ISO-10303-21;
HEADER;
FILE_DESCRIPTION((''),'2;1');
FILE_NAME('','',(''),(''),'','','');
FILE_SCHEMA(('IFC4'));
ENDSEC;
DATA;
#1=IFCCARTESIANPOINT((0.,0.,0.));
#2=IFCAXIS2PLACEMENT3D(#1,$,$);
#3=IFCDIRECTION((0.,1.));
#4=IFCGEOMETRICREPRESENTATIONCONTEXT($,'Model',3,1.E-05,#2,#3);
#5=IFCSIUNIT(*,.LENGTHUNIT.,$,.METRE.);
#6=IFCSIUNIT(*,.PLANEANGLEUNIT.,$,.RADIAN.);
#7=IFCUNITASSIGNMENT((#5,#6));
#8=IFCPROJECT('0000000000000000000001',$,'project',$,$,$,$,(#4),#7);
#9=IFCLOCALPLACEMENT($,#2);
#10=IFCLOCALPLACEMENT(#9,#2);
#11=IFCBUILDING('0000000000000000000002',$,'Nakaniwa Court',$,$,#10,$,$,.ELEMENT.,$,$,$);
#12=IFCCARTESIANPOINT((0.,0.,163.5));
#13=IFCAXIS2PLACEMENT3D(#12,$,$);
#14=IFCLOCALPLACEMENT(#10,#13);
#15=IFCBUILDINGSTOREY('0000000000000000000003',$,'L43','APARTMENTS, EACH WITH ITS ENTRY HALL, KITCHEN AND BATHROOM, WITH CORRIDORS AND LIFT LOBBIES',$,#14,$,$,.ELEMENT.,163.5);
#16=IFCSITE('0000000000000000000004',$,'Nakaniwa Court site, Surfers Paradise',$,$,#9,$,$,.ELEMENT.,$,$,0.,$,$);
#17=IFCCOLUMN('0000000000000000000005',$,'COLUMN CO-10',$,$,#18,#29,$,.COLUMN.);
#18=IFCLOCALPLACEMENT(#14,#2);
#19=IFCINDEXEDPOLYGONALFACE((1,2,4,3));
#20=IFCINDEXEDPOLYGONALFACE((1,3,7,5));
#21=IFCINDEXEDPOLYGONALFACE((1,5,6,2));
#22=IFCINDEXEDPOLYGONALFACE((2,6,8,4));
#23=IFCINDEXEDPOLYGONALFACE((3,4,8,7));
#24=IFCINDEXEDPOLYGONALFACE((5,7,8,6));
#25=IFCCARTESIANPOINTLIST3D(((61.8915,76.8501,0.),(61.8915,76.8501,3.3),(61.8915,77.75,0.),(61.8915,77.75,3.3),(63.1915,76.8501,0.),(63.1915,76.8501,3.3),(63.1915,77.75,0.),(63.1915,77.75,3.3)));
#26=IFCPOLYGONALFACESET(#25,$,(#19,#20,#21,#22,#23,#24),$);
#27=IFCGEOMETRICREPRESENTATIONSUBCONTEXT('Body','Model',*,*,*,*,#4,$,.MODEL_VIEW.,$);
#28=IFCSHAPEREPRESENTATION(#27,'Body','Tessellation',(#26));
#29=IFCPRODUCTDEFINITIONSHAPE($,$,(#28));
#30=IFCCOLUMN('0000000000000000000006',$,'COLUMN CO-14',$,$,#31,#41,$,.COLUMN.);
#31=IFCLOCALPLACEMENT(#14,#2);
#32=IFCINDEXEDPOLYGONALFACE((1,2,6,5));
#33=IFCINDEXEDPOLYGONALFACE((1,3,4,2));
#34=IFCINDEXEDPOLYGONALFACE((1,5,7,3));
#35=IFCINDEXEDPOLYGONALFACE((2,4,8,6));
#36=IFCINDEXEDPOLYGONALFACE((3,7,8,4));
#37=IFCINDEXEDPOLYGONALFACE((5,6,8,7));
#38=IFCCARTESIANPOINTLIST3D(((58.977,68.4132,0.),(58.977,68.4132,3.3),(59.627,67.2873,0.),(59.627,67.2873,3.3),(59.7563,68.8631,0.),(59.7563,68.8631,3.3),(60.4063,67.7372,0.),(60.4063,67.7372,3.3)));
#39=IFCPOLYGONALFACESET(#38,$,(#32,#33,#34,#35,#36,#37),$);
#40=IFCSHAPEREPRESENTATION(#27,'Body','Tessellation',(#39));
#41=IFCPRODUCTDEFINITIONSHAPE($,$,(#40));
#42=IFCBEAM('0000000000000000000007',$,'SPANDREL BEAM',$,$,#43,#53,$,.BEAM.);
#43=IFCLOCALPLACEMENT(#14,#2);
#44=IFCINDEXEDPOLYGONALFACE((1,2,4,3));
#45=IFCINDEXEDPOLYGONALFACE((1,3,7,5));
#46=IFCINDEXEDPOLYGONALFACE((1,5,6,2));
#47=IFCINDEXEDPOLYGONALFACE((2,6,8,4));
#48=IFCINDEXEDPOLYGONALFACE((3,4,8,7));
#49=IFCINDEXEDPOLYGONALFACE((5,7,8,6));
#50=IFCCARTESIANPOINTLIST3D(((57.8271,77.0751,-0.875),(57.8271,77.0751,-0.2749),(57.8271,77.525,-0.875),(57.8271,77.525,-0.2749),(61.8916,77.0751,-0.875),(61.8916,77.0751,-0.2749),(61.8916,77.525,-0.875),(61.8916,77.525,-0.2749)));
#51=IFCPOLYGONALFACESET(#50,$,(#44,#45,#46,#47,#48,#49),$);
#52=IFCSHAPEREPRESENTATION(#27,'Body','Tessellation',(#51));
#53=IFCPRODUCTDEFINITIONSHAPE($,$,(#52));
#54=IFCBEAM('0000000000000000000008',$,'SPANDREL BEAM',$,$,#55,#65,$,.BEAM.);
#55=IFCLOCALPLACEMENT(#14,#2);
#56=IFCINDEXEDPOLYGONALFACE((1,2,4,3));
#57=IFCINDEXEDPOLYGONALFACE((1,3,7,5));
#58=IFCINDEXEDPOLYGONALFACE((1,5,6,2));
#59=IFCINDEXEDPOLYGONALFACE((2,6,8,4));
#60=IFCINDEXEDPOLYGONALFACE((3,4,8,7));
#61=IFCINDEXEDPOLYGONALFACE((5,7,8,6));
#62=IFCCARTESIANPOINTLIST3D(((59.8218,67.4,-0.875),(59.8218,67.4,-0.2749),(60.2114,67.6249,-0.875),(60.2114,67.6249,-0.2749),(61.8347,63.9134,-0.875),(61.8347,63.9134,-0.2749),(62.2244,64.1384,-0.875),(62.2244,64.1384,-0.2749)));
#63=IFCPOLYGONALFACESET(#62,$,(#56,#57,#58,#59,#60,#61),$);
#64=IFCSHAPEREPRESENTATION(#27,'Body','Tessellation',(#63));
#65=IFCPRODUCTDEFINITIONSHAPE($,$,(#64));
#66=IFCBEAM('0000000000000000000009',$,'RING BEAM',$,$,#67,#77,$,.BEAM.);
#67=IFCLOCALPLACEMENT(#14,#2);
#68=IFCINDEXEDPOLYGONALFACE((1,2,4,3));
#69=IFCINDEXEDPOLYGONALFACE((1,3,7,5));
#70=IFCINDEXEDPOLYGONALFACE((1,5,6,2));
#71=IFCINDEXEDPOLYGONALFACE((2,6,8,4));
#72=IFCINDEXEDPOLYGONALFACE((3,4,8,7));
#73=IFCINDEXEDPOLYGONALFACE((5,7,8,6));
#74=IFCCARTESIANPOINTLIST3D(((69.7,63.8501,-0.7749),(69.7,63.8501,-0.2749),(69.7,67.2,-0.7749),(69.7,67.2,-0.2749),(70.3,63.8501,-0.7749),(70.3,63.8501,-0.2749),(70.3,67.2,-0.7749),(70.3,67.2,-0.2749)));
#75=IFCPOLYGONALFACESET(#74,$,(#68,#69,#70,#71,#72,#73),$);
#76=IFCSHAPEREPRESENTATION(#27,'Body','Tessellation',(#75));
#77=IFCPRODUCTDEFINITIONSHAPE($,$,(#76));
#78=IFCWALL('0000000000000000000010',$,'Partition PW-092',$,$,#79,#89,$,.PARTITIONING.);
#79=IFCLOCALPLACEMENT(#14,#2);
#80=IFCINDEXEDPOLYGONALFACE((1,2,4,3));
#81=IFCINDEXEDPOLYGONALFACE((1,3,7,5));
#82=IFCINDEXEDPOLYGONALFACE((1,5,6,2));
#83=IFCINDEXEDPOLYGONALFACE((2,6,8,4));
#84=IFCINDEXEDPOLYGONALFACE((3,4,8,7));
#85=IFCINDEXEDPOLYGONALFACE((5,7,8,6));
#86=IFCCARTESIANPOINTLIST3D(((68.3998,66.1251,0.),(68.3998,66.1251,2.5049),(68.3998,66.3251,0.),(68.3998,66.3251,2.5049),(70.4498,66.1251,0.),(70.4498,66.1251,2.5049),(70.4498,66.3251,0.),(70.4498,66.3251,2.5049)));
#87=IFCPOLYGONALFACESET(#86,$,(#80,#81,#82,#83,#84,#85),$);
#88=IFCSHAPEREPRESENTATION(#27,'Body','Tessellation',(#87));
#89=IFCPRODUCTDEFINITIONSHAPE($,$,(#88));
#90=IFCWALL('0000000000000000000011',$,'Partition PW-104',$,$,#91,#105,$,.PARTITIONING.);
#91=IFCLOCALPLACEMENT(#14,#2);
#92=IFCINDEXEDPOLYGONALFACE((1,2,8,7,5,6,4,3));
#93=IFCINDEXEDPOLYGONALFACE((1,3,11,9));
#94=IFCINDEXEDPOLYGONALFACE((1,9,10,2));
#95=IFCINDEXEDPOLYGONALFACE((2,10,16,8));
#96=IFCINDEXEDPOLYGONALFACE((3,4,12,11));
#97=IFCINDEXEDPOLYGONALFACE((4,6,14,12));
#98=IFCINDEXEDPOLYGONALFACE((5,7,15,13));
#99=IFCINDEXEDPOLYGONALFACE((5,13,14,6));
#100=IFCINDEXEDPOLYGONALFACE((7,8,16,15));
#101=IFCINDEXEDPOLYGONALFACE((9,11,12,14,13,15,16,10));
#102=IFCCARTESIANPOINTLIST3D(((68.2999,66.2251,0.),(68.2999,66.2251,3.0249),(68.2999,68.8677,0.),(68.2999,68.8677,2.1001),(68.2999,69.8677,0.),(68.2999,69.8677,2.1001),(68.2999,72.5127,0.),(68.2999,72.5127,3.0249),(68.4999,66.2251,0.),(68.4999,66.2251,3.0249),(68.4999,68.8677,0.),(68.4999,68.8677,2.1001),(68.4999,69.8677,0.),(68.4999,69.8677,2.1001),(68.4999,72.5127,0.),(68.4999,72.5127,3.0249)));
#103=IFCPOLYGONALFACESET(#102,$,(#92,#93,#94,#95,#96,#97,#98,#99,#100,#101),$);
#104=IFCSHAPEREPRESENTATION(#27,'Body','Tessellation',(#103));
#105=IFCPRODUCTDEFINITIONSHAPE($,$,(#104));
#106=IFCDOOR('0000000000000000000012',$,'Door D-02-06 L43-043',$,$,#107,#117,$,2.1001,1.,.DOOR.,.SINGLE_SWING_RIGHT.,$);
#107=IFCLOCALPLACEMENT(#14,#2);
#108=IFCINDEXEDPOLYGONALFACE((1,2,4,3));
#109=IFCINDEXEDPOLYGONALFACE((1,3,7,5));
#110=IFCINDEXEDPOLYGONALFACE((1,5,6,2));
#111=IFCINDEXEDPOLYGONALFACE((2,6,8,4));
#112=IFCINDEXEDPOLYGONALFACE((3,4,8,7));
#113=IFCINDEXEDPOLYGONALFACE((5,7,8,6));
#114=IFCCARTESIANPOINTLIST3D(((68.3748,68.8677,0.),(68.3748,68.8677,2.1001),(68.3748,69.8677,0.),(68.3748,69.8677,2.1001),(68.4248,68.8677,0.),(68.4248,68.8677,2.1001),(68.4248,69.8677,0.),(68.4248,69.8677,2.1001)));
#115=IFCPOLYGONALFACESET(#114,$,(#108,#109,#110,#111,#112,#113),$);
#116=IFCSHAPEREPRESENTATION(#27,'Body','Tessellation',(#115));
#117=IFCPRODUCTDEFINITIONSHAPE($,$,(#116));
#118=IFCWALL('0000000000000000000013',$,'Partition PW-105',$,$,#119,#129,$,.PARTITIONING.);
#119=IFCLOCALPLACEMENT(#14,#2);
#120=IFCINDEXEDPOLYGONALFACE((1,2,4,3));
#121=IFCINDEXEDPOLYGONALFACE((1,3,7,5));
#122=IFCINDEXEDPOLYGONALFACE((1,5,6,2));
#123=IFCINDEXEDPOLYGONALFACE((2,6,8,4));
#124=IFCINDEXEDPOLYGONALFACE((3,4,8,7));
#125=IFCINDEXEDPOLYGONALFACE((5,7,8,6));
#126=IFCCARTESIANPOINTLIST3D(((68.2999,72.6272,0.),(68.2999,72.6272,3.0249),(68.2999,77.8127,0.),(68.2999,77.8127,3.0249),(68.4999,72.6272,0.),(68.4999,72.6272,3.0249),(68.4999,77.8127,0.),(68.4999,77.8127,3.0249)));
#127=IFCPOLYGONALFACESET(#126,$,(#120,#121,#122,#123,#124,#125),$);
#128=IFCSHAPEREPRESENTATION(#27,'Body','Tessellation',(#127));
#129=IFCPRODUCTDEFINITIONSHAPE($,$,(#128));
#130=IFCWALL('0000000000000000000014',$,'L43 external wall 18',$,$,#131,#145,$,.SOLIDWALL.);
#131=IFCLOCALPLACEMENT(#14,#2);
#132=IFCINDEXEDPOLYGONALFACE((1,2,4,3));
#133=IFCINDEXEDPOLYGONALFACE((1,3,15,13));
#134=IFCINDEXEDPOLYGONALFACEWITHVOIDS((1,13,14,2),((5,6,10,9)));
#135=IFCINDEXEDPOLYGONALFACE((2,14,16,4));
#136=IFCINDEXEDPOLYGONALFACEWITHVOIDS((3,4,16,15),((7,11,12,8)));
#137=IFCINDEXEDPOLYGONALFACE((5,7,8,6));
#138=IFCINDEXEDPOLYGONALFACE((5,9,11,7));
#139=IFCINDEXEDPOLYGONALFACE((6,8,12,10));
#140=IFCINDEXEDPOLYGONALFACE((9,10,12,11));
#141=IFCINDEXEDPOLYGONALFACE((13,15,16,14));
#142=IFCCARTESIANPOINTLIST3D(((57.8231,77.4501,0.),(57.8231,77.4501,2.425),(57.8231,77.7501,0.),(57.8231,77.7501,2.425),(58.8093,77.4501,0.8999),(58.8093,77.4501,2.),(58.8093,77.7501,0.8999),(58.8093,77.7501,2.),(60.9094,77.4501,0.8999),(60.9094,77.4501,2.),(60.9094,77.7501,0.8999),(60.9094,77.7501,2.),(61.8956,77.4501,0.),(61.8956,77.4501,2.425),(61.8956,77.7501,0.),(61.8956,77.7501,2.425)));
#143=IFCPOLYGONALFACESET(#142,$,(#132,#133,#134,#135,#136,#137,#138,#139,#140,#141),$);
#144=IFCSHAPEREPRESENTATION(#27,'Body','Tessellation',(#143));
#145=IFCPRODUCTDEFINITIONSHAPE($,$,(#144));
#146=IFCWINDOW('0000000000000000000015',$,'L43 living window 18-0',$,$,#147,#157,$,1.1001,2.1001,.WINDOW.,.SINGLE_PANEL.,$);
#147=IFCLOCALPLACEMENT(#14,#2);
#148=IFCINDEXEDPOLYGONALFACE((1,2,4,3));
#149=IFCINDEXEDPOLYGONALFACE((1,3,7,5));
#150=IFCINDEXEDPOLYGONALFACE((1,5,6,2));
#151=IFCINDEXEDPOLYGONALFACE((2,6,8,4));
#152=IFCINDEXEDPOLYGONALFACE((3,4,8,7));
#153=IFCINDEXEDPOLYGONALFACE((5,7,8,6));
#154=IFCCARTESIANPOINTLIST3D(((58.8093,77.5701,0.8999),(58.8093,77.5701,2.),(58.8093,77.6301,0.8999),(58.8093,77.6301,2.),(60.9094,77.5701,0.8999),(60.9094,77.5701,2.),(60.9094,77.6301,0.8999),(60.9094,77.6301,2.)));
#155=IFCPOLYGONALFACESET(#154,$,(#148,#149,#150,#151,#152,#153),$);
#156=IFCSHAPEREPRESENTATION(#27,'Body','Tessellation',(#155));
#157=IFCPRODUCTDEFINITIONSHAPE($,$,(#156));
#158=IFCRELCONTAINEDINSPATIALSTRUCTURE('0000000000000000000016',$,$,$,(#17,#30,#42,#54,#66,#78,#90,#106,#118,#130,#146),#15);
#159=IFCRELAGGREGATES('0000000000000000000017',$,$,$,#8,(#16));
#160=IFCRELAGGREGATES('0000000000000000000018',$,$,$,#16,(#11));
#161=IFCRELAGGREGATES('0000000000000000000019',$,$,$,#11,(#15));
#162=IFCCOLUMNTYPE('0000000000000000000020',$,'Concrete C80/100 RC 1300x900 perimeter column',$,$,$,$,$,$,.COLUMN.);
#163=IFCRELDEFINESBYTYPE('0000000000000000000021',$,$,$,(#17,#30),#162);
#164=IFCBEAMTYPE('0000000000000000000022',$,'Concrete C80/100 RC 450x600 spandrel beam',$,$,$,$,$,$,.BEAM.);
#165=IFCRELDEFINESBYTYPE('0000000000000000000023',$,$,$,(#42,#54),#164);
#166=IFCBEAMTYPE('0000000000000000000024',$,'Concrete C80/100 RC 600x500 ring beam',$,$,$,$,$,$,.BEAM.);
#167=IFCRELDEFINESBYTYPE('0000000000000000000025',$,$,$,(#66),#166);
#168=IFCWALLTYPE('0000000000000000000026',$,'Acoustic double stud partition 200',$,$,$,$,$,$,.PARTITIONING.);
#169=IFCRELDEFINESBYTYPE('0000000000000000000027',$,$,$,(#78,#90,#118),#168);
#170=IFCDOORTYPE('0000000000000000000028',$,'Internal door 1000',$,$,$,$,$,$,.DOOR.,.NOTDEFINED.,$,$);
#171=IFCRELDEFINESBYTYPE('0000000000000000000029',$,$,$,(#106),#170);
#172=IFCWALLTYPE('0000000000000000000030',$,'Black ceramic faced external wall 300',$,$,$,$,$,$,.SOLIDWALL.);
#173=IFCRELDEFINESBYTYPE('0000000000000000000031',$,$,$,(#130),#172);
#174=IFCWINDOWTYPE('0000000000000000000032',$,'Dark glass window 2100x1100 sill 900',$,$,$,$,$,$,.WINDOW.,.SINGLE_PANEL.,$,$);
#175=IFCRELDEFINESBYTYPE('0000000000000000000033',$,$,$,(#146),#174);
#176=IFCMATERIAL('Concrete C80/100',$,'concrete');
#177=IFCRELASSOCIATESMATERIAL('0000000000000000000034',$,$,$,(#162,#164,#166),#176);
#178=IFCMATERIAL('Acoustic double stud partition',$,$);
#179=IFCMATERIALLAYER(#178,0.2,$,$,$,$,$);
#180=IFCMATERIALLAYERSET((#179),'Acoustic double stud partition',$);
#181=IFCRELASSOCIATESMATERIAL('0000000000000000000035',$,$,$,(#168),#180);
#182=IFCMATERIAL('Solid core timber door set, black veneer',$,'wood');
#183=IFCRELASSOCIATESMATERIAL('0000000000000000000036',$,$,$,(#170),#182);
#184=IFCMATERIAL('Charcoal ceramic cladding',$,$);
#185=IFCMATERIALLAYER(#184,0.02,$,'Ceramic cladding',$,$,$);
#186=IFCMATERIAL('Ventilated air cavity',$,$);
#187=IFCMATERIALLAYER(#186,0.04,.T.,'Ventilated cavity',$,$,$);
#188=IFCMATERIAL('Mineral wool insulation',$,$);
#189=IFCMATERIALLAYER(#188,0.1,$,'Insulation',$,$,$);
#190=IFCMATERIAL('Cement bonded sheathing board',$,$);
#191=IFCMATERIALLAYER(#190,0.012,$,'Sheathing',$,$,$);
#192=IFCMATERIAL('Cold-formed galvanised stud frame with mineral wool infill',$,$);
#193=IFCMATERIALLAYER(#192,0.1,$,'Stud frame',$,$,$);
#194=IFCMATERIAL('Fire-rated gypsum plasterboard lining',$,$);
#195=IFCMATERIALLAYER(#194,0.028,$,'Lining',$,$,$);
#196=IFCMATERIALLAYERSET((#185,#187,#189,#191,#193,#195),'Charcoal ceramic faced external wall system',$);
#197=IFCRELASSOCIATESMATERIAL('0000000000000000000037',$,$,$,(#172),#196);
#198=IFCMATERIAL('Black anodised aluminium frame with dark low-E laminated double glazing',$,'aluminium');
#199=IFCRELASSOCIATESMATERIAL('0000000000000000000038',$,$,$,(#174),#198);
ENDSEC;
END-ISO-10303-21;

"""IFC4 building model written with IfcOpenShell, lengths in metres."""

from ifc_helpers import new_model, si_unit, direction, frame, frame_2d, origin, origin_2d, place, context, subcontext, project, spatial, rectangle, extrude, material, layer, layer_set, material_profile, profile_set, type_object, element, fill, save


model = new_model("IFC4")

# Units and contexts
model_context = context("Model", 3, precision=1e-05, world=origin(), true_north=direction((0.0, 1.0)))
body_context = subcontext(model_context, "Body", "Model", "MODEL_VIEW")
ifc_project = project(units=[si_unit("LENGTHUNIT", "METRE"), si_unit("PLANEANGLEUNIT", "RADIAN")], contexts=[model_context])

# Site, building, storey
site_placement = place(None, origin())
site = spatial("IfcSite", under=ifc_project, at=site_placement, Name="Nakaniwa Court site, Surfers Paradise", CompositionType="ELEMENT", RefElevation=0.0)
building_placement = place(site_placement, origin())
building = spatial("IfcBuilding", under=site, at=building_placement, Name="Nakaniwa Court", CompositionType="ELEMENT")
storey_placement = place(building_placement, frame((0.0, 0.0, 163.5)))
storey = spatial("IfcBuildingStorey", under=building, at=storey_placement, Name="L43", Description="APARTMENTS, EACH WITH ITS ENTRY HALL, KITCHEN AND BATHROOM, WITH CORRIDORS AND LIFT LOBBIES", CompositionType="ELEMENT", Elevation=163.5)

# Columns
ifc_material_1 = material(Name="Concrete C80/100", Category="concrete")
ifc_material_profile_1 = material_profile(ifc_material_1, rectangle(XDim=1.3, YDim=0.8999, at=origin_2d()), Name="Concrete C80/100 RC 1300x900 perimeter column")
ifc_profile_set_1 = profile_set([ifc_material_profile_1], Name="Concrete C80/100")
column_type = type_object("IfcColumnType", Name="Concrete C80/100 RC 1300x900 perimeter column", PredefinedType="COLUMN", material=ifc_profile_set_1)
for number, where, z_axis, x_axis, name in (
    (1, (62.5415, 77.3, 0.0), (0.0, 0.0, 1.0), (-1.0, 0.0, 0.0), "COLUMN CO-10"),
    (2, (59.6917, 68.0752, 0.0), (0.0, 0.0, 1.0), (0.5, -0.866025, 0.0), "COLUMN CO-14"),
):
    element("IfcColumn", number, at=place(storey_placement, frame(where, z_axis=z_axis, x_axis=x_axis)), inside=storey, type_object=column_type, Name=name, PredefinedType="COLUMN", context=body_context, shape_type="SweptSolid", body=[
        extrude(rectangle(XDim=1.3, YDim=0.8999, at=origin_2d()), origin(), (0.0, 0.0, 1.0), 3.3),
    ])

# Beams
ifc_material_profile_2 = material_profile(ifc_material_1, rectangle(XDim=0.45, YDim=0.6001, at=origin_2d()), Name="Concrete C80/100 RC 450x600 spandrel beam")
ifc_profile_set_2 = profile_set([ifc_material_profile_2], Name="Concrete C80/100")
beam_type_1 = type_object("IfcBeamType", Name="Concrete C80/100 RC 450x600 spandrel beam", PredefinedType="BEAM", material=ifc_profile_set_2)
beam_1_placement = place(storey_placement, frame((61.8916, 77.3, -0.575), z_axis=(-1.0, 0.0, 0.0), x_axis=(0.0, -1.0, 0.0)))
element("IfcBeam", 3, at=beam_1_placement, inside=storey, type_object=beam_type_1, Name="SPANDREL BEAM", PredefinedType="BEAM", context=body_context, shape_type="SweptSolid", body=[
    extrude(rectangle(XDim=0.45, YDim=0.6001, at=origin_2d()), origin(), (0.0, 0.0, 1.0), 4.0645),
])
beam_2_placement = place(storey_placement, frame((60.0166, 67.5125, -0.575), z_axis=(0.499994, -0.866029, 0.0), x_axis=(0.866029, 0.499994, 0.0)))
element("IfcBeam", 4, at=beam_2_placement, inside=storey, type_object=beam_type_1, Name="SPANDREL BEAM", PredefinedType="BEAM", context=body_context, shape_type="SweptSolid", body=[
    extrude(rectangle(XDim=0.45, YDim=0.6001, at=origin_2d()), origin(), (0.0, 0.0, 1.0), 4.0259),
])
ifc_material_profile_3 = material_profile(ifc_material_1, rectangle(XDim=0.6001, YDim=0.5, at=origin_2d()), Name="Concrete C80/100 RC 600x500 ring beam")
ifc_profile_set_3 = profile_set([ifc_material_profile_3], Name="Concrete C80/100")
beam_type_2 = type_object("IfcBeamType", Name="Concrete C80/100 RC 600x500 ring beam", PredefinedType="BEAM", material=ifc_profile_set_3)
beam_3_placement = place(storey_placement, frame((70.0, 67.2, -0.5249), z_axis=(0.0, -1.0, 0.0), x_axis=(1.0, 0.0, 0.0)))
element("IfcBeam", 5, at=beam_3_placement, inside=storey, type_object=beam_type_2, Name="RING BEAM", PredefinedType="BEAM", context=body_context, shape_type="SweptSolid", body=[
    extrude(rectangle(XDim=0.6001, YDim=0.5, at=origin_2d()), origin(), (0.0, 0.0, 1.0), 3.3499),
])

# Wall
ifc_material_2 = material(Name="Acoustic double stud partition")
ifc_layer_1 = layer(ifc_material_2, 0.2)
ifc_layer_set_1 = layer_set([ifc_layer_1], Name="Acoustic double stud partition")
wall_type_1 = type_object("IfcWallType", Name="Acoustic double stud partition 200", PredefinedType="PARTITIONING", material=ifc_layer_set_1)
wall_1_placement = place(storey_placement, frame((68.3999, 66.2251, 0.0), z_axis=(0.0, 0.0, 1.0), x_axis=(1.0, 0.0, 0.0)))
element("IfcWall", 6, at=wall_1_placement, inside=storey, type_object=wall_type_1, Name="Partition PW-092", PredefinedType="PARTITIONING", context=body_context, shape_type="SweptSolid", body=[
    extrude(rectangle(XDim=2.05, YDim=0.2, at=frame_2d((1.0249, 0.0))), origin(), (0.0, 0.0, 1.0), 2.5049),
])

# Wall, opening, door
wall_2_placement = place(storey_placement, frame((68.3999, 72.5127, 0.0), z_axis=(0.0, 0.0, 1.0), x_axis=(0.0, -1.0, 0.0)))
wall_2 = element("IfcWall", 7, at=wall_2_placement, inside=storey, type_object=wall_type_1, Name="Partition PW-104", PredefinedType="PARTITIONING", context=body_context, shape_type="SweptSolid", body=[
    extrude(rectangle(XDim=6.2876, YDim=0.2, at=frame_2d((3.1438, 0.0))), origin(), (0.0, 0.0, 1.0), 3.0249),
])
opening_1_placement = place(wall_2_placement, frame((2.645, 0.0, 0.0)))
opening_1 = element("IfcOpeningElement", 8, at=opening_1_placement, cuts=wall_2, PredefinedType="OPENING", context=body_context, shape_type="SweptSolid", body=[
    extrude(rectangle(XDim=1.0, YDim=2.1001, at=frame_2d((0.5, 1.05))), frame((0.0, 0.1099, 0.0), z_axis=(0.0, -1.0, 0.0), x_axis=(1.0, 0.0, 0.0)), (0.0, 0.0, 1.0), 0.22),
])
ifc_material_3 = material(Name="Solid core timber door set, black veneer", Category="wood")
door_type = type_object("IfcDoorType", Name="Internal door 1000", OperationType="NOTDEFINED", PredefinedType="DOOR", material=ifc_material_3)
door_placement = place(opening_1_placement, origin())
door = element("IfcDoor", 9, at=door_placement, inside=storey, type_object=door_type, Name="Door D-02-06 L43-043", OperationType="SINGLE_SWING_RIGHT", OverallHeight=2.1001, OverallWidth=1.0, PredefinedType="DOOR", context=body_context, shape_type="SweptSolid", body=[
    extrude(rectangle(XDim=1.0, YDim=2.1001, at=frame_2d((0.5, 1.05))), frame((0.0, 0.0249, 0.0), z_axis=(0.0, -1.0, 0.0), x_axis=(1.0, 0.0, 0.0)), (0.0, 0.0, 1.0), 0.05),
])
fill(opening_1, door)

# Wall
wall_3_placement = place(storey_placement, frame((68.3999, 72.6272, 0.0), z_axis=(0.0, 0.0, 1.0), x_axis=(0.0, 1.0, 0.0)))
element("IfcWall", 10, at=wall_3_placement, inside=storey, type_object=wall_type_1, Name="Partition PW-105", PredefinedType="PARTITIONING", context=body_context, shape_type="SweptSolid", body=[
    extrude(rectangle(XDim=5.1855, YDim=0.2, at=frame_2d((2.5928, 0.0))), origin(), (0.0, 0.0, 1.0), 3.0249),
])

# Wall, opening, window
ifc_material_4 = material(Name="Charcoal ceramic cladding")
ifc_layer_2 = layer(ifc_material_4, 0.02, Name="Ceramic cladding")
ifc_material_5 = material(Name="Ventilated air cavity")
ifc_layer_3 = layer(ifc_material_5, 0.04, ventilated=True, Name="Ventilated cavity")
ifc_material_6 = material(Name="Mineral wool insulation")
ifc_layer_4 = layer(ifc_material_6, 0.1, Name="Insulation")
ifc_material_7 = material(Name="Cement bonded sheathing board")
ifc_layer_5 = layer(ifc_material_7, 0.012, Name="Sheathing")
ifc_material_8 = material(Name="Cold-formed galvanised stud frame with mineral wool infill")
ifc_layer_6 = layer(ifc_material_8, 0.1, Name="Stud frame")
ifc_material_9 = material(Name="Fire-rated gypsum plasterboard lining")
ifc_layer_7 = layer(ifc_material_9, 0.028, Name="Lining")
ifc_layer_set_2 = layer_set([ifc_layer_2, ifc_layer_3, ifc_layer_4, ifc_layer_5, ifc_layer_6, ifc_layer_7], Name="Charcoal ceramic faced external wall system")
wall_type_2 = type_object("IfcWallType", Name="Black ceramic faced external wall 300", PredefinedType="SOLIDWALL", material=ifc_layer_set_2)
wall_4_placement = place(storey_placement, frame((61.8955, 77.6001, 0.0), z_axis=(0.0, 0.0, 1.0), x_axis=(-1.0, 0.0, 0.0)))
wall_4 = element("IfcWall", 11, at=wall_4_placement, inside=storey, type_object=wall_type_2, Name="L43 external wall 18", PredefinedType="SOLIDWALL", context=body_context, shape_type="SweptSolid", body=[
    extrude(rectangle(XDim=4.0725, YDim=0.3, at=frame_2d((2.0361, 0.0))), origin(), (0.0, 0.0, 1.0), 2.425),
])
opening_2_placement = place(wall_4_placement, frame((0.9861, 0.0, 0.8999)))
opening_2 = element("IfcOpeningElement", 12, at=opening_2_placement, cuts=wall_4, PredefinedType="OPENING", context=body_context, shape_type="SweptSolid", body=[
    extrude(rectangle(XDim=2.1001, YDim=1.1001, at=frame_2d((1.05, 0.55))), frame((0.0, 0.1599, 0.0), z_axis=(0.0, -1.0, 0.0), x_axis=(1.0, 0.0, 0.0)), (0.0, 0.0, 1.0), 0.3201),
])
ifc_material_10 = material(Name="Black anodised aluminium frame with dark low-E laminated double glazing", Category="aluminium")
window_type = type_object("IfcWindowType", Name="Dark glass window 2100x1100 sill 900", PartitioningType="SINGLE_PANEL", PredefinedType="WINDOW", material=ifc_material_10)
window_1_placement = place(opening_2_placement, origin())
window_1 = element("IfcWindow", 13, at=window_1_placement, inside=storey, type_object=window_type, Name="L43 living window 18-0", OverallHeight=1.1001, OverallWidth=2.1001, PartitioningType="SINGLE_PANEL", PredefinedType="WINDOW", context=body_context, shape_type="SweptSolid", body=[
    extrude(rectangle(XDim=2.1001, YDim=1.1001, at=frame_2d((1.05, 0.55))), frame((0.0, 0.03, 0.0), z_axis=(0.0, -1.0, 0.0), x_axis=(1.0, 0.0, 0.0)), (0.0, 0.0, 1.0), 0.0601),
])
fill(opening_2, window_1)

save(model, "model.ifc")
